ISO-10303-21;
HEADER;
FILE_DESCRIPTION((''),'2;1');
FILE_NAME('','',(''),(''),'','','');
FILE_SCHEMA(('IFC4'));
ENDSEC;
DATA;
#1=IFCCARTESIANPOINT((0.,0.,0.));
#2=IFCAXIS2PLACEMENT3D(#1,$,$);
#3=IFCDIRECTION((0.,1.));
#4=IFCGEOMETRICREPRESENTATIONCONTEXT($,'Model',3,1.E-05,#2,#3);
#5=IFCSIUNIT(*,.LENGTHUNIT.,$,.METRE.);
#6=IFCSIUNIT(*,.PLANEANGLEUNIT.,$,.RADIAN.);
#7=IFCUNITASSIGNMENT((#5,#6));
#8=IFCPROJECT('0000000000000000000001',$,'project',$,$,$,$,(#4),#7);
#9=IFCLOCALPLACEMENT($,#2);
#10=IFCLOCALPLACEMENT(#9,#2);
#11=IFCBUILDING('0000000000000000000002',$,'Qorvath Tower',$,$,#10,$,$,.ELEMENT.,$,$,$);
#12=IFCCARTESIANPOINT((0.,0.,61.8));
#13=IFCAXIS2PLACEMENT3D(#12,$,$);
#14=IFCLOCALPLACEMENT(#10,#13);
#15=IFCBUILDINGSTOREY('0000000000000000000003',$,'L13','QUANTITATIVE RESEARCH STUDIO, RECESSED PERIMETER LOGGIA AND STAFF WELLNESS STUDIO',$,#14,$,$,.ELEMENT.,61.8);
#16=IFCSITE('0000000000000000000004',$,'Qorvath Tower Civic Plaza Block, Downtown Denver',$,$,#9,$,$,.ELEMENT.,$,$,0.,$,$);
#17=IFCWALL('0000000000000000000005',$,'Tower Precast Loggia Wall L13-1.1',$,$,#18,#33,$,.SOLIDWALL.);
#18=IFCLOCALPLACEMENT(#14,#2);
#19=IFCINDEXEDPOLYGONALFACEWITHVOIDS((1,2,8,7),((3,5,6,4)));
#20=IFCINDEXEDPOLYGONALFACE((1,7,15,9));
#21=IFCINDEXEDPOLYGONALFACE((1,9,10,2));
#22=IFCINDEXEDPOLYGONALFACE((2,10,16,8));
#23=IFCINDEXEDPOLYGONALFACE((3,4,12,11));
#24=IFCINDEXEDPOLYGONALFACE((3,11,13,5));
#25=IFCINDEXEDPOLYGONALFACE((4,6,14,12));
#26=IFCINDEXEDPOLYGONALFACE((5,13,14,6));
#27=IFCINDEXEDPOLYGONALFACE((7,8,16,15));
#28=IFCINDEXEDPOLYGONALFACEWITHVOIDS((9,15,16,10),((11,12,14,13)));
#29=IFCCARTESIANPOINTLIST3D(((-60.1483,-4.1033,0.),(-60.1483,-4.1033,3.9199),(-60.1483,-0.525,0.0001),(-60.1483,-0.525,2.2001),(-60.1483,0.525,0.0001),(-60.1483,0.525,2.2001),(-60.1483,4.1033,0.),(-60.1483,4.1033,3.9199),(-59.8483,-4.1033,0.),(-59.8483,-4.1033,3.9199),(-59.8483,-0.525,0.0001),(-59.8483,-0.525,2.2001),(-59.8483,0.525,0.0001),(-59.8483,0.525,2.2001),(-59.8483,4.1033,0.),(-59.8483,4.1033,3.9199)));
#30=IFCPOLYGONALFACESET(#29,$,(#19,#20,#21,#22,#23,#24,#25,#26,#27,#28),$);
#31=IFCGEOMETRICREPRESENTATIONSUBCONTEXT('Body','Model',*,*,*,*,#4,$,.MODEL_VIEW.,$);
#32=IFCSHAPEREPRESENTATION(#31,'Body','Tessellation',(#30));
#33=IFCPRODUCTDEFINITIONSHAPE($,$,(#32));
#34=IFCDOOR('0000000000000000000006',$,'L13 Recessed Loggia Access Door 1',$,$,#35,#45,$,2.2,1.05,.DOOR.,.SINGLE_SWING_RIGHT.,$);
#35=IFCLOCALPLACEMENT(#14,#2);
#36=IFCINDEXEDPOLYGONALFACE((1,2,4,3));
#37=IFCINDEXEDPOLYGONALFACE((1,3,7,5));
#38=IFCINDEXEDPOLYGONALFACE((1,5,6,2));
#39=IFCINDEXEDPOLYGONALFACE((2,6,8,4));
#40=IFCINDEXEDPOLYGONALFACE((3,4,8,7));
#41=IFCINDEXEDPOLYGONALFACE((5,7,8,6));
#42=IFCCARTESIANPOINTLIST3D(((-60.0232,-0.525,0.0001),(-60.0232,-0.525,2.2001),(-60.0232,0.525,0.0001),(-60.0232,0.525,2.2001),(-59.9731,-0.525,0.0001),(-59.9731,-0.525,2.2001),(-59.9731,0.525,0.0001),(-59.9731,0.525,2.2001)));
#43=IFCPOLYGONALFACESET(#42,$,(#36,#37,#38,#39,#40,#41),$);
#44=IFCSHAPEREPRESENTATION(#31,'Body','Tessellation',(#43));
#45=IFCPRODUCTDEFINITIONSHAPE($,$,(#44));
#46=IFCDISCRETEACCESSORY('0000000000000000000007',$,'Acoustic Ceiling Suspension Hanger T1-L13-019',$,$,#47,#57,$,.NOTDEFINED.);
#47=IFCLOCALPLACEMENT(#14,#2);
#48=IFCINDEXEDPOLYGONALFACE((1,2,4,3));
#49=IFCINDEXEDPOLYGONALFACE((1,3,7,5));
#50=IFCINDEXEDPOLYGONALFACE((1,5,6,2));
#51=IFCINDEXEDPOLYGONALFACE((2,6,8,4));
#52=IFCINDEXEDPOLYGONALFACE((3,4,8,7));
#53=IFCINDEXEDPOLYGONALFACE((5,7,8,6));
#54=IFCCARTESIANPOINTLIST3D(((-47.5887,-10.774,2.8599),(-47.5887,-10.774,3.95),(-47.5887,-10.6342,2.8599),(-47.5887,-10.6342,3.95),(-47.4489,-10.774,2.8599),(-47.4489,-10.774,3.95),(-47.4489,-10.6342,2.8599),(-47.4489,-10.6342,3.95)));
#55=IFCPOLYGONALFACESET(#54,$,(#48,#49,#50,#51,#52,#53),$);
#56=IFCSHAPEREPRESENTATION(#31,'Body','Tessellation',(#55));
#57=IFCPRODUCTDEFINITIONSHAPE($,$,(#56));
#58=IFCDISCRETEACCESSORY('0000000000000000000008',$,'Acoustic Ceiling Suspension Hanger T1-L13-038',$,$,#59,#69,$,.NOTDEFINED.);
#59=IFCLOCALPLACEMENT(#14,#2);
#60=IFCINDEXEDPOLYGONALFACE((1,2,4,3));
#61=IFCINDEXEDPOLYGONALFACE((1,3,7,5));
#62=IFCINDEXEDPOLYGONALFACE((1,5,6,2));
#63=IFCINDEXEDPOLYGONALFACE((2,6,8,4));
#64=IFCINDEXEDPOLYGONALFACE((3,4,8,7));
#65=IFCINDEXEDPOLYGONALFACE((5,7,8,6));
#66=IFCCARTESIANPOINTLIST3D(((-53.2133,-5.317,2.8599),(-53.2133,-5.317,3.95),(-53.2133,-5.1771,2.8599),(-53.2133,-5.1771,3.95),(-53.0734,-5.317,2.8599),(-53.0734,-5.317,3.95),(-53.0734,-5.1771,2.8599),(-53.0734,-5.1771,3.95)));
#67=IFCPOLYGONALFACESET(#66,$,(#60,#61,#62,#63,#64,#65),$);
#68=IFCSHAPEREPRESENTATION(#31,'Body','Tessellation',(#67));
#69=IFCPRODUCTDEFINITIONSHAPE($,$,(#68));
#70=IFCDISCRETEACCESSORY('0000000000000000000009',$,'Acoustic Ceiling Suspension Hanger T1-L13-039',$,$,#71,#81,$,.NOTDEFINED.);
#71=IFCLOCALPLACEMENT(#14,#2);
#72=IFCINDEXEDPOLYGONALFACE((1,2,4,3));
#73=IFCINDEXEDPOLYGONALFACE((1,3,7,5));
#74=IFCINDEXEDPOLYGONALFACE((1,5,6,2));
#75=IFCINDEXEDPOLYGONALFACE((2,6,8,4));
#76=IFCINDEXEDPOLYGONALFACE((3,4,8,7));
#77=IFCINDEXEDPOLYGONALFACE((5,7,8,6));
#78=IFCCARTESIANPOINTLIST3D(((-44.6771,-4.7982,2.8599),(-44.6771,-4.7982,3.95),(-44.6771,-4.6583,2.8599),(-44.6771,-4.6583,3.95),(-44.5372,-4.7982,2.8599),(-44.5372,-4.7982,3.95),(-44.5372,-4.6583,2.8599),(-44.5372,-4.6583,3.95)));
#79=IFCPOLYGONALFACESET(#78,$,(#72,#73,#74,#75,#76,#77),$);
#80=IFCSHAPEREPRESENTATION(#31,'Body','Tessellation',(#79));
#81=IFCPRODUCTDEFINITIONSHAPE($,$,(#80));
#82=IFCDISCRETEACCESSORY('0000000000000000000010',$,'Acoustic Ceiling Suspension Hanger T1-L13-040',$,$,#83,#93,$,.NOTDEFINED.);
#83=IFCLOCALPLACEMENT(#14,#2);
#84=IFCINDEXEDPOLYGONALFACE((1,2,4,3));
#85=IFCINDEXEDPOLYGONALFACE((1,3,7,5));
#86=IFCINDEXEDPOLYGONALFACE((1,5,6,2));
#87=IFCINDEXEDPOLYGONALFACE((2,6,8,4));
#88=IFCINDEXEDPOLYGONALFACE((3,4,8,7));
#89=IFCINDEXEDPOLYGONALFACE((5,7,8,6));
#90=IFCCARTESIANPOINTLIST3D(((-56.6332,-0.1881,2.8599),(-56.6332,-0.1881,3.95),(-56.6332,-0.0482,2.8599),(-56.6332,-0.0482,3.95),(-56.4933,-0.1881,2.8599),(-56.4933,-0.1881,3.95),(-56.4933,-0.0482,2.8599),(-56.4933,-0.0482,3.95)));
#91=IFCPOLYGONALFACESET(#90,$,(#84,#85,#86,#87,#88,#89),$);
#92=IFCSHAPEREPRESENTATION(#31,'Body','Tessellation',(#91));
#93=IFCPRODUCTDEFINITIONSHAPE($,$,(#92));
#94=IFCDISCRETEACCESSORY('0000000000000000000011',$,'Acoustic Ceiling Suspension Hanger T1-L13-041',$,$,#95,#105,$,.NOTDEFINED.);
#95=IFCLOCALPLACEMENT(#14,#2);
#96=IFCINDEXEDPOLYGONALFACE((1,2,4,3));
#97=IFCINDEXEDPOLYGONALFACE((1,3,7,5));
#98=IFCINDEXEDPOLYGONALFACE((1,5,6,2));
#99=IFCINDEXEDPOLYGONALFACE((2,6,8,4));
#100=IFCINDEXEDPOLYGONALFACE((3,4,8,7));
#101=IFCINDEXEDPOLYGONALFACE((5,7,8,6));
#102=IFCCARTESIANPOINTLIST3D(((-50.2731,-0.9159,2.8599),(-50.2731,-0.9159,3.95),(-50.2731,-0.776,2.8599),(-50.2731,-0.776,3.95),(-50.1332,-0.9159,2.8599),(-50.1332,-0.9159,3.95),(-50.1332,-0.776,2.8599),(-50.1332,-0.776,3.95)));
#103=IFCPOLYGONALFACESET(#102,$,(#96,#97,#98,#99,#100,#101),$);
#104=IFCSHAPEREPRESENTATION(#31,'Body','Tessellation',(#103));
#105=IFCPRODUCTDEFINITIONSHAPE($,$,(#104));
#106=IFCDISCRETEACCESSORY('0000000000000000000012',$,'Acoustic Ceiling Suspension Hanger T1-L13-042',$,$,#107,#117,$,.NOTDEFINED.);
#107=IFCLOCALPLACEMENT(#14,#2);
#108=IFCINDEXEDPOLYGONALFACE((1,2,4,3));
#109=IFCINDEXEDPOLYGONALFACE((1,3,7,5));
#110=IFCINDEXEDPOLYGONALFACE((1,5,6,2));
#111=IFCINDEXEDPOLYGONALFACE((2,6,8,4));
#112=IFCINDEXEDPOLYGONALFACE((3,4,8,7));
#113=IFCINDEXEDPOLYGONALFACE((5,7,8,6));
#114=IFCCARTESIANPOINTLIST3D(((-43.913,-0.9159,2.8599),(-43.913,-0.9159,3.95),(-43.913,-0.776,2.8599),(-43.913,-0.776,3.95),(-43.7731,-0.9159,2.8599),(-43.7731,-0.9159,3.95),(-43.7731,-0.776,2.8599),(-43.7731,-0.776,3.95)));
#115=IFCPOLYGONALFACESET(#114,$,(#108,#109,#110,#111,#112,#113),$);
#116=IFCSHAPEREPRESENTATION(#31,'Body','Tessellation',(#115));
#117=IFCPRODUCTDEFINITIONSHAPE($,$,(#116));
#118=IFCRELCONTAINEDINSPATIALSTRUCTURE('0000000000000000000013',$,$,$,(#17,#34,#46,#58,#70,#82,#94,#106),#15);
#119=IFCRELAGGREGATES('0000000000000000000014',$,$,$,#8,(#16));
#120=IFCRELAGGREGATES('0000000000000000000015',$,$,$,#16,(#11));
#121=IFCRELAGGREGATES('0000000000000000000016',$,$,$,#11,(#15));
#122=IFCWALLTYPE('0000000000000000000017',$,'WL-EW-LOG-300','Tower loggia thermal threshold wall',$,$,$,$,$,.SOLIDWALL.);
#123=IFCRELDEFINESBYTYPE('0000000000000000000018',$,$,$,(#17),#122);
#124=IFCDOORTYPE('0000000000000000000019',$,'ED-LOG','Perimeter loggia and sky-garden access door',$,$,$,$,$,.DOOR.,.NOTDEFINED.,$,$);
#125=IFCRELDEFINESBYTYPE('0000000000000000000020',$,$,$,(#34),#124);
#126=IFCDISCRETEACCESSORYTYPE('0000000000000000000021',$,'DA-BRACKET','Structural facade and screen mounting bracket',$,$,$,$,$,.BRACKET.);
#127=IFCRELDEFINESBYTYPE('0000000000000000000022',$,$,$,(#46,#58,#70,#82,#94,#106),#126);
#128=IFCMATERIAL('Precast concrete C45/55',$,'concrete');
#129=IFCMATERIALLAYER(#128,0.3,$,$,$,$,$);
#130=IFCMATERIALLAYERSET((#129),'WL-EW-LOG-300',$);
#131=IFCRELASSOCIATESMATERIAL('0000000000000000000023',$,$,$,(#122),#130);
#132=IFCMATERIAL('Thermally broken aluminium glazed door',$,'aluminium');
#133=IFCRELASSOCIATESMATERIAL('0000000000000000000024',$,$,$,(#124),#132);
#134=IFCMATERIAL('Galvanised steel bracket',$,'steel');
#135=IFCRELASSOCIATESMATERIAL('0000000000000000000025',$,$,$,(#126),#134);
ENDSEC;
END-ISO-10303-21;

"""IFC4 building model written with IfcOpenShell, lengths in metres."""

from ifc_helpers import new_model, si_unit, direction, frame, frame_2d, origin, origin_2d, place, context, subcontext, project, spatial, rectangle, extrude, material, layer, layer_set, type_object, element, fill, save


model = new_model("IFC4")

# Units and contexts
model_context = context("Model", 3, precision=1e-05, world=origin(), true_north=direction((0.0, 1.0)))
body_context = subcontext(model_context, "Body", "Model", "MODEL_VIEW")
ifc_project = project(units=[si_unit("LENGTHUNIT", "METRE"), si_unit("PLANEANGLEUNIT", "RADIAN")], contexts=[model_context])

# Site, building, storey
site_placement = place(None, origin())
site = spatial("IfcSite", under=ifc_project, at=site_placement, Name="Qorvath Tower Civic Plaza Block, Downtown Denver", CompositionType="ELEMENT", RefElevation=0.0)
building_placement = place(site_placement, origin())
building = spatial("IfcBuilding", under=site, at=building_placement, Name="Qorvath Tower", CompositionType="ELEMENT")
storey_placement = place(building_placement, frame((0.0, 0.0, 61.8)))
storey = spatial("IfcBuildingStorey", under=building, at=storey_placement, Name="L13", Description="QUANTITATIVE RESEARCH STUDIO, RECESSED PERIMETER LOGGIA AND STAFF WELLNESS STUDIO", CompositionType="ELEMENT", Elevation=61.8)

# Wall, opening, door
ifc_material_1 = material(Name="Precast concrete C45/55", Category="concrete")
ifc_layer_1 = layer(ifc_material_1, 0.3)
ifc_layer_set_1 = layer_set([ifc_layer_1], Name="WL-EW-LOG-300")
wall_type_1 = type_object("IfcWallType", Name="WL-EW-LOG-300", Description="Tower loggia thermal threshold wall", PredefinedType="SOLIDWALL", material=ifc_layer_set_1)
wall_1_placement = place(storey_placement, frame((-59.9983, -4.1033, 0.0), z_axis=(0.0, 0.0, 1.0), x_axis=(0.0, 1.0, 0.0)))
wall_1 = element("IfcWall", 1, at=wall_1_placement, inside=storey, type_object=wall_type_1, Name="Tower Precast Loggia Wall L13-1.1", PredefinedType="SOLIDWALL", context=body_context, shape_type="SweptSolid", body=[
    extrude(rectangle(XDim=8.2065, YDim=0.3, at=frame_2d((4.1033, 0.0))), origin(), (0.0, 0.0, 1.0), 3.9199),
])
opening_placement = place(wall_1_placement, frame((3.5784, 0.0, 0.0)))
opening = element("IfcOpeningElement", 2, at=opening_placement, cuts=wall_1, PredefinedType="OPENING", context=body_context, shape_type="SweptSolid", body=[
    extrude(rectangle(XDim=1.05, YDim=2.2, at=frame_2d((0.5249, 1.1001))), frame((0.0, 0.1602, 0.0), z_axis=(0.0, -1.0, 0.0), x_axis=(1.0, 0.0, 0.0)), (0.0, 0.0, 1.0), 0.3201),
])
ifc_material_2 = material(Name="Thermally broken aluminium glazed door", Category="aluminium")
door_type = type_object("IfcDoorType", Name="ED-LOG", Description="Perimeter loggia and sky-garden access door", OperationType="NOTDEFINED", PredefinedType="DOOR", material=ifc_material_2)
door_placement = place(opening_placement, origin())
door = element("IfcDoor", 3, at=door_placement, inside=storey, type_object=door_type, Name="L13 Recessed Loggia Access Door 1", OperationType="SINGLE_SWING_RIGHT", OverallHeight=2.2, OverallWidth=1.05, PredefinedType="DOOR", context=body_context, shape_type="SweptSolid", body=[
    extrude(rectangle(XDim=1.05, YDim=2.2, at=frame_2d((0.5249, 1.1001))), frame((0.0, 0.0249, 0.0), z_axis=(0.0, -1.0, 0.0), x_axis=(1.0, 0.0, 0.0)), (0.0, 0.0, 1.0), 0.05),
])
fill(opening, door)

# Discrete accessories
ifc_material_3 = material(Name="Galvanised steel bracket", Category="steel")
discrete_accessory_type = type_object("IfcDiscreteAccessoryType", Name="DA-BRACKET", Description="Structural facade and screen mounting bracket", PredefinedType="BRACKET", material=ifc_material_3)
for number, where, z_axis, x_axis, name in (
    (4, (-47.5188, -10.7041, 2.8599), (0.0, 0.0, 1.0), (1.0, 0.0, 0.0), "Acoustic Ceiling Suspension Hanger T1-L13-019"),
    (5, (-53.1433, -5.2471, 2.8599), (0.0, 0.0, 1.0), (1.0, 0.0, 0.0), "Acoustic Ceiling Suspension Hanger T1-L13-038"),
    (6, (-44.6072, -4.7283, 2.8599), (0.0, 0.0, 1.0), (1.0, 0.0, 0.0), "Acoustic Ceiling Suspension Hanger T1-L13-039"),
    (7, (-56.5632, -0.1182, 2.8599), (0.0, 0.0, 1.0), (1.0, 0.0, 0.0), "Acoustic Ceiling Suspension Hanger T1-L13-040"),
    (8, (-50.2031, -0.8459, 2.8599), (0.0, 0.0, 1.0), (1.0, 0.0, 0.0), "Acoustic Ceiling Suspension Hanger T1-L13-041"),
    (9, (-43.843, -0.8459, 2.8599), (0.0, 0.0, 1.0), (1.0, 0.0, 0.0), "Acoustic Ceiling Suspension Hanger T1-L13-042"),
):
    element("IfcDiscreteAccessory", number, at=place(storey_placement, frame(where, z_axis=z_axis, x_axis=x_axis)), inside=storey, type_object=discrete_accessory_type, Name=name, PredefinedType="NOTDEFINED", context=body_context, shape_type="SweptSolid", body=[
        extrude(rectangle(XDim=0.1399, YDim=0.1399, at=origin_2d()), origin(), (0.0, 0.0, 1.0), 1.0901),
    ])

save(model, "model.ifc")
